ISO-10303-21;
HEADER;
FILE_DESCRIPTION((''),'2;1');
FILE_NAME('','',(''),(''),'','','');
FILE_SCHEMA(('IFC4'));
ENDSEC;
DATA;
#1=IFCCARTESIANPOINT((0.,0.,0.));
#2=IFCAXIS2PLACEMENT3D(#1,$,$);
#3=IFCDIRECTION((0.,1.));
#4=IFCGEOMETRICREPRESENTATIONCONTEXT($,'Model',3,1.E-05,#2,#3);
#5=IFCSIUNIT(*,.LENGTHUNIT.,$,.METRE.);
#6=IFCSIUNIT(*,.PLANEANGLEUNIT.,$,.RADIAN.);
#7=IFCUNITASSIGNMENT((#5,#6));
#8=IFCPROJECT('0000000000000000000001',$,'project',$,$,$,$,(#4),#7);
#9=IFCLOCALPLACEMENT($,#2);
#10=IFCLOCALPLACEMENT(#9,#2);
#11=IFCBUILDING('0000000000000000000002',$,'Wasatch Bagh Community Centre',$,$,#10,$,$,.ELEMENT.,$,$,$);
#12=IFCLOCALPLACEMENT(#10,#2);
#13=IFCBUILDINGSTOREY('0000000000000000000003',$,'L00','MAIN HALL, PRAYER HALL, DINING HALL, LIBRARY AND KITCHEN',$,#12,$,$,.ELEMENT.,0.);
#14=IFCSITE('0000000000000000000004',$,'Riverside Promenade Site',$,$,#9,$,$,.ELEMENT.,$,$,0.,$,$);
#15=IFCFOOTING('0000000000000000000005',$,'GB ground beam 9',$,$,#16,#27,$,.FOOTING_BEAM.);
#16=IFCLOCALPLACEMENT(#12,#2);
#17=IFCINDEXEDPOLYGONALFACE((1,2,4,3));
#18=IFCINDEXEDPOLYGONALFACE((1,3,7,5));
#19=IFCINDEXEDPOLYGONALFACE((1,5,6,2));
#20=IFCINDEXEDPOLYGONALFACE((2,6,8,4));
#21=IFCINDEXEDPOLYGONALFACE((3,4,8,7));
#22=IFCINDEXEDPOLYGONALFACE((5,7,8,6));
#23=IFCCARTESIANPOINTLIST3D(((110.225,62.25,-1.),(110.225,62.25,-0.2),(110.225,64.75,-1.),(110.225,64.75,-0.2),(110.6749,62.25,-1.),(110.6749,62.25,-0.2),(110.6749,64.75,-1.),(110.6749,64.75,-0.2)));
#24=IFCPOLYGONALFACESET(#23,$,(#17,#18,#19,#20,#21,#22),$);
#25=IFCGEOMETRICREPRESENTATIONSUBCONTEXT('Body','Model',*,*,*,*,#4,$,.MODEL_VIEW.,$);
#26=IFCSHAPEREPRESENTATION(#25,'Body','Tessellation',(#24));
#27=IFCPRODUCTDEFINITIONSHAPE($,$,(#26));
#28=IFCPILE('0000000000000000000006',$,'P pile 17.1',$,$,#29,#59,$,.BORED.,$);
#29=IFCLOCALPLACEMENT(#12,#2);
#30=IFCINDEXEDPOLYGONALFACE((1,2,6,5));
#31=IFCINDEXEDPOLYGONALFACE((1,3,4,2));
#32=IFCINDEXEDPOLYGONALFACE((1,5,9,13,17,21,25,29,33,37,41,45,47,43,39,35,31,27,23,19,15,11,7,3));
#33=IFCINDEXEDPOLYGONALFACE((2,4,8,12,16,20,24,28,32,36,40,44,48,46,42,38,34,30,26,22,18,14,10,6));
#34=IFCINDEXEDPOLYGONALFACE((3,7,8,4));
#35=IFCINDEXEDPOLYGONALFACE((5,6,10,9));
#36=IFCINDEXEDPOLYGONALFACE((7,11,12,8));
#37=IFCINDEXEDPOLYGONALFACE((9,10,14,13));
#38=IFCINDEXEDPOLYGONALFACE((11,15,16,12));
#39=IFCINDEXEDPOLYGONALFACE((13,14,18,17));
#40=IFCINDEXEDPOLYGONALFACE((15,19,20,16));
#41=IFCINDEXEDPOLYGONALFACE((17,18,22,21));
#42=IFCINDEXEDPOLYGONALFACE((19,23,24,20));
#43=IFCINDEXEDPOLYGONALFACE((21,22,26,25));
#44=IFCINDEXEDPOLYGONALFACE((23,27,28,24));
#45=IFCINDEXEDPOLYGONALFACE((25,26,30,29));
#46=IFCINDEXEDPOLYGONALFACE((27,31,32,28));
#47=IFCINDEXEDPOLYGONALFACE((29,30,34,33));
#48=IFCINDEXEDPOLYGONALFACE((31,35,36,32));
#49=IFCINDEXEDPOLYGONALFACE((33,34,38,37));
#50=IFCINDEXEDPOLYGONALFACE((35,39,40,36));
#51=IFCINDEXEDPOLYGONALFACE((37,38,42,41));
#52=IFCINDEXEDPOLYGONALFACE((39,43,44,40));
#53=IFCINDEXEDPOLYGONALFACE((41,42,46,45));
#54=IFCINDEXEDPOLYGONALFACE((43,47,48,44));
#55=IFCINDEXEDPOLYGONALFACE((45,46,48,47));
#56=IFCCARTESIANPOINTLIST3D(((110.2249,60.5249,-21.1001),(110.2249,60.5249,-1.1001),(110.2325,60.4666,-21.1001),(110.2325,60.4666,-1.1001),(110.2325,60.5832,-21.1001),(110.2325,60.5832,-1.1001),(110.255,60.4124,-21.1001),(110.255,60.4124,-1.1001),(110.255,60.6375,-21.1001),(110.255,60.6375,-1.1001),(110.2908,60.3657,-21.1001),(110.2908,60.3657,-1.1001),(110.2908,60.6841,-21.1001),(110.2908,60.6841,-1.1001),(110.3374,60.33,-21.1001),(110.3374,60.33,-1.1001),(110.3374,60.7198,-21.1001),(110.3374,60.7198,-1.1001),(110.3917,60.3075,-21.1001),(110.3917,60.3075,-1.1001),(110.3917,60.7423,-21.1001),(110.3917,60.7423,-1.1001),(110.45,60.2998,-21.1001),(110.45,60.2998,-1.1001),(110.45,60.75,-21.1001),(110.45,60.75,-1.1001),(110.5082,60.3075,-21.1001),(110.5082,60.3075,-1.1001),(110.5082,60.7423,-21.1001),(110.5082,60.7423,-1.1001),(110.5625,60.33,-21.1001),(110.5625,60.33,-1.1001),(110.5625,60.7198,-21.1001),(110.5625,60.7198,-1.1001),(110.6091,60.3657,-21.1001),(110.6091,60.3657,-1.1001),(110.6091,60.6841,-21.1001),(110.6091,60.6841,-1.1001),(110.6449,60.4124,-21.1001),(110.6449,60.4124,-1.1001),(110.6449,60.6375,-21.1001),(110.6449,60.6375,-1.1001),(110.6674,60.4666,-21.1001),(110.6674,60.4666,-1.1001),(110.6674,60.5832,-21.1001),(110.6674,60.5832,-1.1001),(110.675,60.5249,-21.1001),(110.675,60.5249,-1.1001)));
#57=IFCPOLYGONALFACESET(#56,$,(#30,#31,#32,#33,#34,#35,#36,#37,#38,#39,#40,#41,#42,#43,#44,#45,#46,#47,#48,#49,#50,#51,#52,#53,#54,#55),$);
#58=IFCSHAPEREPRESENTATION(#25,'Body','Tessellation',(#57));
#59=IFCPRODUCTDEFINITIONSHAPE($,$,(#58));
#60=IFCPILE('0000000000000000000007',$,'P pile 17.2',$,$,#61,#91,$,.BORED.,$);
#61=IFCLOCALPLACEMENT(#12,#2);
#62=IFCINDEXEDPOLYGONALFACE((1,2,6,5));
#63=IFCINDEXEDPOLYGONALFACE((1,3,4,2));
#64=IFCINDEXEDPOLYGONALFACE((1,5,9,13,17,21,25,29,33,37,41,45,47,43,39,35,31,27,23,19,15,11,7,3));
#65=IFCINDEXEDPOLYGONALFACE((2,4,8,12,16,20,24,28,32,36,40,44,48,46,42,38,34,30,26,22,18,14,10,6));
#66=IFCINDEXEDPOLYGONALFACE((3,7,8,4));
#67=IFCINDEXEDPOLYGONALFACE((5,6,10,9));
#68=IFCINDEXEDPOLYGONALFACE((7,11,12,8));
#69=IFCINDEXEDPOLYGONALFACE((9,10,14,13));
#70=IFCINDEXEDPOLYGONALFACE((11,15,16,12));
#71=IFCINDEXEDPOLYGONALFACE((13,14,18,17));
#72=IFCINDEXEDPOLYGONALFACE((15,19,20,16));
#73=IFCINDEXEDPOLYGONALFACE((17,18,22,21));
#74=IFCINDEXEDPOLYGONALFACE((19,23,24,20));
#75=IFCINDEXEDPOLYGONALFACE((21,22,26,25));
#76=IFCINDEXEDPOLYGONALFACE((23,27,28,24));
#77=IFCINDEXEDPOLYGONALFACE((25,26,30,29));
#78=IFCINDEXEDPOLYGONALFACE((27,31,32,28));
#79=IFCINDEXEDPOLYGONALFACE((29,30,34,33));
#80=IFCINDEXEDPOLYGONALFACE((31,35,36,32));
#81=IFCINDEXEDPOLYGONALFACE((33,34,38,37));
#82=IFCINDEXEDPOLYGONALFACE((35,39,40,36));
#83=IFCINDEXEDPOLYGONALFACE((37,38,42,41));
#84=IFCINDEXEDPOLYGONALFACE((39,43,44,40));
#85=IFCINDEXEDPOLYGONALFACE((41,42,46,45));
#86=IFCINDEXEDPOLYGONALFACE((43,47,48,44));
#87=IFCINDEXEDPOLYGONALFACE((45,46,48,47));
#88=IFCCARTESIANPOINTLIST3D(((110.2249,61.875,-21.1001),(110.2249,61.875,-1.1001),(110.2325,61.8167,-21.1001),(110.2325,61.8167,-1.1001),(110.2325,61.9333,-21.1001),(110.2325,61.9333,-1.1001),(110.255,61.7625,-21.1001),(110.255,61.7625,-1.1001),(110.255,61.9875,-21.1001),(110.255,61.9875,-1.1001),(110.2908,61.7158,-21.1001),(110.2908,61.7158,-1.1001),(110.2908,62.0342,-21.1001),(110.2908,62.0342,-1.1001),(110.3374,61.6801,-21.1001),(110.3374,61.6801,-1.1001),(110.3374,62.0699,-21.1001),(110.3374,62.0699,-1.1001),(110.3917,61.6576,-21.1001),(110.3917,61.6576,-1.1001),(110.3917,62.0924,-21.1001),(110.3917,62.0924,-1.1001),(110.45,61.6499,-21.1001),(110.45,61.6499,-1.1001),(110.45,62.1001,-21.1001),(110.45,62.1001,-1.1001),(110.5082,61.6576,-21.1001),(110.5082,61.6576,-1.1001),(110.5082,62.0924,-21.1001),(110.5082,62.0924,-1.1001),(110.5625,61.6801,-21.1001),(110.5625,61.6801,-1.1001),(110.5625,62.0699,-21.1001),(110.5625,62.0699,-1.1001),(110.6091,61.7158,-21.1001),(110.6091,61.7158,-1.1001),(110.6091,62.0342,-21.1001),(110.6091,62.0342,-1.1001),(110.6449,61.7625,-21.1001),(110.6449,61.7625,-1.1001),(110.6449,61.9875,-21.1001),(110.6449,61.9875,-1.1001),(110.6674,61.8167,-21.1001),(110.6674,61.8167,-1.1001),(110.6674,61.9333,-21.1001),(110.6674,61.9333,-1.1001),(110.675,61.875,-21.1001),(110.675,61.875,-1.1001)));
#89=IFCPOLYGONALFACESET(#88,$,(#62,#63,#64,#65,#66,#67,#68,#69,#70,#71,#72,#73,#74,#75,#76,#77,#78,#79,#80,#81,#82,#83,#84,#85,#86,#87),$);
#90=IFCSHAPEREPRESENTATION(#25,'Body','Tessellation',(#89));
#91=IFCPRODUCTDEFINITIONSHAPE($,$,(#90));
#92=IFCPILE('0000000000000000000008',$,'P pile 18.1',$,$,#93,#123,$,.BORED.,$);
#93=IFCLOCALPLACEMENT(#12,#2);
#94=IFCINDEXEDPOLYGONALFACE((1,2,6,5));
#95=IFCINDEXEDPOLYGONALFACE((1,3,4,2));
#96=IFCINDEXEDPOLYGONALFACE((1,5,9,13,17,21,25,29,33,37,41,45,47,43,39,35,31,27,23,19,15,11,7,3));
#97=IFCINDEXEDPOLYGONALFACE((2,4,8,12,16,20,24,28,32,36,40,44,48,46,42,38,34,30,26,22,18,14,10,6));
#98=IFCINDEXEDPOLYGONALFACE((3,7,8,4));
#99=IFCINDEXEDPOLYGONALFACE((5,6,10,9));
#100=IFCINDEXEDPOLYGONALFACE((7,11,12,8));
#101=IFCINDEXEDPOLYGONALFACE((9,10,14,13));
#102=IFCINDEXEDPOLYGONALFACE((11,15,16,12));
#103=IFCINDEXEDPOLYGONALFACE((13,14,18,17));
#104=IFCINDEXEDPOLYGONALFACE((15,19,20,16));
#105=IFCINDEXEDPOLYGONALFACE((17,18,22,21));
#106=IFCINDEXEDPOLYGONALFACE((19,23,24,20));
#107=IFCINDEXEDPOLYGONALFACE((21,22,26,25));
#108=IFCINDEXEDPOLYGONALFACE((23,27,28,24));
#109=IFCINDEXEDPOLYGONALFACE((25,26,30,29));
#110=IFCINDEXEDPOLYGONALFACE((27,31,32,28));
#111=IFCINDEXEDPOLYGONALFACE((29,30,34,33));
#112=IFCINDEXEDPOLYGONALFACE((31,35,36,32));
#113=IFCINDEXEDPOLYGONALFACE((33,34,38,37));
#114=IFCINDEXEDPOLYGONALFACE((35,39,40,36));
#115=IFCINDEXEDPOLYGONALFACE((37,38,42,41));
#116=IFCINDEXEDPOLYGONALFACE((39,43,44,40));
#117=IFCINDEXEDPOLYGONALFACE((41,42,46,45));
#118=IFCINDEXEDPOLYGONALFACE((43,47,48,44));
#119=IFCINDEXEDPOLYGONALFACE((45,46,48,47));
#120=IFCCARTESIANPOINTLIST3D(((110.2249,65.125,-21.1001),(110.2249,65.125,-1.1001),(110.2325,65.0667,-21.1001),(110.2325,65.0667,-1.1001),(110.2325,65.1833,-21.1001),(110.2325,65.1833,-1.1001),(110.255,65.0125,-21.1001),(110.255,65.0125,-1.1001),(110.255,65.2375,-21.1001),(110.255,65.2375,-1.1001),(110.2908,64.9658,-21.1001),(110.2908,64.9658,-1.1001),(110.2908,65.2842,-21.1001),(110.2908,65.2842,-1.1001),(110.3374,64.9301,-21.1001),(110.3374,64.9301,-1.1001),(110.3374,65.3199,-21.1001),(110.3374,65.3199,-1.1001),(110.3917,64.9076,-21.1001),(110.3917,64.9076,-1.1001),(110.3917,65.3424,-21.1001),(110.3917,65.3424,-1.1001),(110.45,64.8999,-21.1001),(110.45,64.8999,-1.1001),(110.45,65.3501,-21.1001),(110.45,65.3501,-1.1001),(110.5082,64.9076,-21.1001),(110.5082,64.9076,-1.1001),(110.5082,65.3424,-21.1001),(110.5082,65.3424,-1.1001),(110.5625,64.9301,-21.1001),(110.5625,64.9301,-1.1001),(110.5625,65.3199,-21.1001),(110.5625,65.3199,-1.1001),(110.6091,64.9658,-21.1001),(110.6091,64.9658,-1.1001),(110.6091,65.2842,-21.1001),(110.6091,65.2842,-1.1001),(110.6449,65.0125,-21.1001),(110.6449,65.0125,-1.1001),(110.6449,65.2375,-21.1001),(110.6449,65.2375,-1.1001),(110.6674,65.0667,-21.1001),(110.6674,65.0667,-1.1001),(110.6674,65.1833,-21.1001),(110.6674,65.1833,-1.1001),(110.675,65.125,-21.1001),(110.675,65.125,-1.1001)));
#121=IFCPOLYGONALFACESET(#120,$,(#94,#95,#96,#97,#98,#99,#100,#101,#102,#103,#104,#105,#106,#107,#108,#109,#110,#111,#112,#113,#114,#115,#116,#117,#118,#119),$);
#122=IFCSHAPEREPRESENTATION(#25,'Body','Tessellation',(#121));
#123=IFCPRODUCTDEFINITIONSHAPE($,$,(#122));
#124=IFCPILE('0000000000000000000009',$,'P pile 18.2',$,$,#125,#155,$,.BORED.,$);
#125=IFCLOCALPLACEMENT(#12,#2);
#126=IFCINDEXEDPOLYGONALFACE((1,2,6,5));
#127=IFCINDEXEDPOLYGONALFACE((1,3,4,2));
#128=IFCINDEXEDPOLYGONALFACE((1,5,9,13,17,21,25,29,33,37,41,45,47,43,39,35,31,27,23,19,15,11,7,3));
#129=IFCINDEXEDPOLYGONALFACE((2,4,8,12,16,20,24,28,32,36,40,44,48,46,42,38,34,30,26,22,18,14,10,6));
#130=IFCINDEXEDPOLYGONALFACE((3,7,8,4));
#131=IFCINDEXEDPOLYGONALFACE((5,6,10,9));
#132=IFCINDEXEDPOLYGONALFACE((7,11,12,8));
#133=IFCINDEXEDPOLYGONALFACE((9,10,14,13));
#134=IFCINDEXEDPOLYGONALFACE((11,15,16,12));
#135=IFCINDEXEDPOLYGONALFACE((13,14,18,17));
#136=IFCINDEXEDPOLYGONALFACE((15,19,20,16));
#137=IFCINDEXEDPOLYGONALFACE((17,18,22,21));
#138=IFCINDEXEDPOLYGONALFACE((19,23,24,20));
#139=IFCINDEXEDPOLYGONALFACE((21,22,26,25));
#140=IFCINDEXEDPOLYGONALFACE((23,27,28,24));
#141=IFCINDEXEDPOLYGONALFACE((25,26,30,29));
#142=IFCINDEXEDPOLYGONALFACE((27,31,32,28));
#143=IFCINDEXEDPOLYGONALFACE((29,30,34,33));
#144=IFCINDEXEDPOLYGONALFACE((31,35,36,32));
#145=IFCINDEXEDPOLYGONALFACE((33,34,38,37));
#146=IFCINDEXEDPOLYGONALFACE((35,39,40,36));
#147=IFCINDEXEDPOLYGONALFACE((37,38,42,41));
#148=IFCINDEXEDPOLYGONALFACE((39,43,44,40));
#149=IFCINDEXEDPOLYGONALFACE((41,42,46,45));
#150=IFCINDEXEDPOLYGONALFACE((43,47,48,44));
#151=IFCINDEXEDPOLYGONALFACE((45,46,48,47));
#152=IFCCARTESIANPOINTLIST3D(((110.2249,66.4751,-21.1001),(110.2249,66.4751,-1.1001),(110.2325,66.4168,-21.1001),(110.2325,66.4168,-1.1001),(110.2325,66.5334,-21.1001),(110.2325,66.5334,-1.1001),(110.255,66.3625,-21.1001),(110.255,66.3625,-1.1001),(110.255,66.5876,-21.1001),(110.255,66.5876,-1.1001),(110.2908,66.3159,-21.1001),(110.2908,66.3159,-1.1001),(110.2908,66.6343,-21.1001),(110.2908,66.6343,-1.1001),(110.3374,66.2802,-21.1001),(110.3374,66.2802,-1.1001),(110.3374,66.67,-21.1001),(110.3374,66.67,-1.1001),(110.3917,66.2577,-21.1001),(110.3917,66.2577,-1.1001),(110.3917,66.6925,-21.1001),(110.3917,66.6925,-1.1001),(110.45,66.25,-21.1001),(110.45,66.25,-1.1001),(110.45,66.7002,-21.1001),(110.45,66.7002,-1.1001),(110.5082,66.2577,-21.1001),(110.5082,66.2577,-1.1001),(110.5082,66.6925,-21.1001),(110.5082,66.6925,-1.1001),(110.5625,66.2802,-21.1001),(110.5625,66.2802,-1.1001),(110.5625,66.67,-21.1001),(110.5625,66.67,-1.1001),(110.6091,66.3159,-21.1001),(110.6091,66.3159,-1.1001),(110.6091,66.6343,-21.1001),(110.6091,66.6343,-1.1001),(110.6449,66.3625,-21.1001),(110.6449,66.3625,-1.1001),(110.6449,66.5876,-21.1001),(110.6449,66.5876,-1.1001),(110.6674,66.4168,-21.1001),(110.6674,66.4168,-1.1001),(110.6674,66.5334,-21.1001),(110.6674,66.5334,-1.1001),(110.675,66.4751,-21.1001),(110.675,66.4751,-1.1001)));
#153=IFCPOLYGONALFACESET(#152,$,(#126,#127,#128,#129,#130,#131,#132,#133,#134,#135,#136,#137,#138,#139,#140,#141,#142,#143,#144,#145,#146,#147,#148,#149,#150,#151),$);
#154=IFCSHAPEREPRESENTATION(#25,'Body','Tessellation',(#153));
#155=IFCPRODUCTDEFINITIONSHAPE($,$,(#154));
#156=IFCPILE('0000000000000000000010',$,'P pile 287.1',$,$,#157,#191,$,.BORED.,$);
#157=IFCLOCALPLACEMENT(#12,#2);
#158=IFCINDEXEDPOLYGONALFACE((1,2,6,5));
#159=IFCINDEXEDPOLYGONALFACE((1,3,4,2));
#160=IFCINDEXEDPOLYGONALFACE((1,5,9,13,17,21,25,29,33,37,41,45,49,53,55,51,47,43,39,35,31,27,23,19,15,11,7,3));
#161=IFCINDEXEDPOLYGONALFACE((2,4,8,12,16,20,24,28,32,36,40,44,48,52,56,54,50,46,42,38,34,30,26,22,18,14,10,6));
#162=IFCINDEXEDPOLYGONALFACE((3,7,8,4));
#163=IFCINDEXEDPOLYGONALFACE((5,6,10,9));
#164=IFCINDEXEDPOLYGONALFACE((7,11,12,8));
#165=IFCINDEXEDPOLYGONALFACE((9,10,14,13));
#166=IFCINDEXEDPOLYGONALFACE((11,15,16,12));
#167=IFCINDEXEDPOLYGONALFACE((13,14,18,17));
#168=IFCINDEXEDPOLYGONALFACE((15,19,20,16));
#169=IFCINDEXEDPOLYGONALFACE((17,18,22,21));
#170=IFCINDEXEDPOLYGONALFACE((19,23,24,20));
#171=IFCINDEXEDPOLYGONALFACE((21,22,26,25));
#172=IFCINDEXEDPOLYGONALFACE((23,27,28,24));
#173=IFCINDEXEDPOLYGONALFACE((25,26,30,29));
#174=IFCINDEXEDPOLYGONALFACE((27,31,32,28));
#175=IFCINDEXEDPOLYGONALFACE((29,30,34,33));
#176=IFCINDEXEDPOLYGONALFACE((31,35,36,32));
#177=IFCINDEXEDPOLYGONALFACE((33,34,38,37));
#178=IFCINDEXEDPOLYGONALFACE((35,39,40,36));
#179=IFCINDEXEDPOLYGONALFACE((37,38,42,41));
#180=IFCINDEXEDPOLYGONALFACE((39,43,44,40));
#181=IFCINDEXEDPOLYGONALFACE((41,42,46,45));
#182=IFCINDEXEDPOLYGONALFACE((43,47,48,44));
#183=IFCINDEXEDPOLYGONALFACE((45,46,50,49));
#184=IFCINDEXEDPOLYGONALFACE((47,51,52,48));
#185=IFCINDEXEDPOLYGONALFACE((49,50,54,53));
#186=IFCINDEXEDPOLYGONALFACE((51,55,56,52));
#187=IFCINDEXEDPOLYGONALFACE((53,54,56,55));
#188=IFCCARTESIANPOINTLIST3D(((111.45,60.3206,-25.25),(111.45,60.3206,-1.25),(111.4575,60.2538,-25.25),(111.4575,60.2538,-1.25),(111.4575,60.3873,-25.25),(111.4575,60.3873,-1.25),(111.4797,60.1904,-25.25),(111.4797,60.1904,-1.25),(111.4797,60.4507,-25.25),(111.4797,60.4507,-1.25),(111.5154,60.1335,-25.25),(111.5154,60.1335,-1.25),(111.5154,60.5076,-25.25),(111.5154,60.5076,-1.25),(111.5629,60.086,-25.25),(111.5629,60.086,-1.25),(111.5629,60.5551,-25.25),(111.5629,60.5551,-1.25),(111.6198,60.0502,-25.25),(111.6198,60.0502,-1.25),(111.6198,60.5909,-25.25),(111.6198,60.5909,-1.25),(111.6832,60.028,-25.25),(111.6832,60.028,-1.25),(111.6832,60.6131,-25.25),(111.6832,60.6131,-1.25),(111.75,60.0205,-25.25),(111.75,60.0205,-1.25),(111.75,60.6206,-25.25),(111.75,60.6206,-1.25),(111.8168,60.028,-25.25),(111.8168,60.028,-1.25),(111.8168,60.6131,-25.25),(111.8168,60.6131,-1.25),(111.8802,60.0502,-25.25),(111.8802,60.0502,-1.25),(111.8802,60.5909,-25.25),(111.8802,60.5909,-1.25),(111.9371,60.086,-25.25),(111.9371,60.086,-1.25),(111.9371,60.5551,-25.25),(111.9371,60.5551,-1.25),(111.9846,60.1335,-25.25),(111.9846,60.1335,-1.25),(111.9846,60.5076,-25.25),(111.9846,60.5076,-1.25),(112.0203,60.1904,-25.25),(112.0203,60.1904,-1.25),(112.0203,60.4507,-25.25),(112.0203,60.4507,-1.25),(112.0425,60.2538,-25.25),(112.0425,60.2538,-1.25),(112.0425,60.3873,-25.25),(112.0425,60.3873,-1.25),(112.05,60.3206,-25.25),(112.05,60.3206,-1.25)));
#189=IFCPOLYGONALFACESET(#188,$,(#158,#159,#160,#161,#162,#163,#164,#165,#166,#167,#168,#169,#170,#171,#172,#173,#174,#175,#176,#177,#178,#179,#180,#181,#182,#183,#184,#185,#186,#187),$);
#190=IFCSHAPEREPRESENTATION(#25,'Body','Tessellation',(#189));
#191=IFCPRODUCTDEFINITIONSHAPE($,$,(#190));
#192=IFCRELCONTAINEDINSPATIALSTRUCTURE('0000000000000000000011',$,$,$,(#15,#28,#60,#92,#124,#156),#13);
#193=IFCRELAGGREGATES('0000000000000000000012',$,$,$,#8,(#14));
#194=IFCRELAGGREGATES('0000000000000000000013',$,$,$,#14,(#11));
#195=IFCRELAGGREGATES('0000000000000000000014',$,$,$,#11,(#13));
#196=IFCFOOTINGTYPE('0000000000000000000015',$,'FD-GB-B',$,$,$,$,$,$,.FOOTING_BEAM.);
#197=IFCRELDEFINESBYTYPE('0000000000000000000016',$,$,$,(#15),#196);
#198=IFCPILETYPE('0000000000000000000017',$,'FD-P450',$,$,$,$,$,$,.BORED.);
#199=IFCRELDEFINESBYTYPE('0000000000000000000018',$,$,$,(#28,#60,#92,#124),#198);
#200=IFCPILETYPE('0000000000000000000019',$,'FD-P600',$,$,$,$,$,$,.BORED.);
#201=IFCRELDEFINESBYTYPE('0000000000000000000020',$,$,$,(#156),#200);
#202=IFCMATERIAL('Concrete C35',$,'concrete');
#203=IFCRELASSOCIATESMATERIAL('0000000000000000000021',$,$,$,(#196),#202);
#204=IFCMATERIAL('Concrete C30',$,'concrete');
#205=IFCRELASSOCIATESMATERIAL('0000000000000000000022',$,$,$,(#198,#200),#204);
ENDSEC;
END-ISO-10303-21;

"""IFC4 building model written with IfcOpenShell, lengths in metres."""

from ifc_helpers import new_model, si_unit, direction, frame, origin, origin_2d, place, context, subcontext, project, spatial, rectangle, circle, extrude, material, material_profile, profile_set, type_object, element, save


model = new_model("IFC4")

# Units and contexts
model_context = context("Model", 3, precision=1e-05, world=origin(), true_north=direction((0.0, 1.0)))
body_context = subcontext(model_context, "Body", "Model", "MODEL_VIEW")
ifc_project = project(units=[si_unit("LENGTHUNIT", "METRE"), si_unit("PLANEANGLEUNIT", "RADIAN")], contexts=[model_context])

# Site, building, storey
site_placement = place(None, origin())
site = spatial("IfcSite", under=ifc_project, at=site_placement, Name="Riverside Promenade Site", CompositionType="ELEMENT", RefElevation=0.0)
building_placement = place(site_placement, origin())
building = spatial("IfcBuilding", under=site, at=building_placement, Name="Wasatch Bagh Community Centre", CompositionType="ELEMENT")
storey_placement = place(building_placement, origin())
storey = spatial("IfcBuildingStorey", under=building, at=storey_placement, Name="L00", Description="MAIN HALL, PRAYER HALL, DINING HALL, LIBRARY AND KITCHEN", CompositionType="ELEMENT", Elevation=0.0)

# Footing
ifc_material_1 = material(Name="Concrete C35", Category="concrete")
footing_type_1 = type_object("IfcFootingType", Name="FD-GB-B", PredefinedType="FOOTING_BEAM", material=ifc_material_1)
footing_placement = place(storey_placement, frame((110.45, 63.5, -1.0), z_axis=(0.0, 0.0, 1.0), x_axis=(0.0, 1.0, 0.0)))
element("IfcFooting", 1, at=footing_placement, inside=storey, type_object=footing_type_1, Name="GB ground beam 9", PredefinedType="FOOTING_BEAM", context=body_context, shape_type="SweptSolid", body=[
    extrude(rectangle(XDim=2.5, YDim=0.45, at=origin_2d()), origin(), (0.0, 0.0, 1.0), 0.8),
])

# Piles
ifc_material_2 = material(Name="Concrete C30", Category="concrete")
ifc_material_profile_1 = material_profile(ifc_material_2, circle(Radius=0.2251, at=origin_2d()), Name="RC D450")
ifc_profile_set_1 = profile_set([ifc_material_profile_1], Name="Concrete C30")
pile_type_1 = type_object("IfcPileType", Name="FD-P450", PredefinedType="BORED", material=ifc_profile_set_1)
for number, where, z_axis, x_axis, name in (
    (2, (110.45, 60.5249, -1.1001), (0.0, 0.0, -1.0), (1.0, 0.0, 0.0), "P pile 17.1"),
    (3, (110.45, 61.875, -1.1001), (0.0, 0.0, -1.0), (1.0, 0.0, 0.0), "P pile 17.2"),
    (4, (110.45, 65.125, -1.1001), (0.0, 0.0, -1.0), (1.0, 0.0, 0.0), "P pile 18.1"),
    (5, (110.45, 66.4751, -1.1001), (0.0, 0.0, -1.0), (1.0, 0.0, 0.0), "P pile 18.2"),
):
    element("IfcPile", number, at=place(storey_placement, frame(where, z_axis=z_axis, x_axis=x_axis)), inside=storey, type_object=pile_type_1, Name=name, PredefinedType="BORED", context=body_context, shape_type="SweptSolid", body=[
        extrude(circle(Radius=0.2251, at=origin_2d()), origin(), (0.0, 0.0, 1.0), 20.0),
    ])
ifc_material_profile_2 = material_profile(ifc_material_2, circle(Radius=0.3, at=origin_2d()), Name="RC D600")
ifc_profile_set_2 = profile_set([ifc_material_profile_2], Name="Concrete C30")
pile_type_2 = type_object("IfcPileType", Name="FD-P600", PredefinedType="BORED", material=ifc_profile_set_2)
for number, where, z_axis, x_axis, name in (
    (6, (111.75, 60.3206, -1.25), (0.0, 0.0, -1.0), (1.0, 0.0, 0.0), "P pile 287.1"),
):
    element("IfcPile", number, at=place(storey_placement, frame(where, z_axis=z_axis, x_axis=x_axis)), inside=storey, type_object=pile_type_2, Name=name, PredefinedType="BORED", context=body_context, shape_type="SweptSolid", body=[
        extrude(circle(Radius=0.3, at=origin_2d()), origin(), (0.0, 0.0, 1.0), 24.0),
    ])

save(model, "model.ifc")
